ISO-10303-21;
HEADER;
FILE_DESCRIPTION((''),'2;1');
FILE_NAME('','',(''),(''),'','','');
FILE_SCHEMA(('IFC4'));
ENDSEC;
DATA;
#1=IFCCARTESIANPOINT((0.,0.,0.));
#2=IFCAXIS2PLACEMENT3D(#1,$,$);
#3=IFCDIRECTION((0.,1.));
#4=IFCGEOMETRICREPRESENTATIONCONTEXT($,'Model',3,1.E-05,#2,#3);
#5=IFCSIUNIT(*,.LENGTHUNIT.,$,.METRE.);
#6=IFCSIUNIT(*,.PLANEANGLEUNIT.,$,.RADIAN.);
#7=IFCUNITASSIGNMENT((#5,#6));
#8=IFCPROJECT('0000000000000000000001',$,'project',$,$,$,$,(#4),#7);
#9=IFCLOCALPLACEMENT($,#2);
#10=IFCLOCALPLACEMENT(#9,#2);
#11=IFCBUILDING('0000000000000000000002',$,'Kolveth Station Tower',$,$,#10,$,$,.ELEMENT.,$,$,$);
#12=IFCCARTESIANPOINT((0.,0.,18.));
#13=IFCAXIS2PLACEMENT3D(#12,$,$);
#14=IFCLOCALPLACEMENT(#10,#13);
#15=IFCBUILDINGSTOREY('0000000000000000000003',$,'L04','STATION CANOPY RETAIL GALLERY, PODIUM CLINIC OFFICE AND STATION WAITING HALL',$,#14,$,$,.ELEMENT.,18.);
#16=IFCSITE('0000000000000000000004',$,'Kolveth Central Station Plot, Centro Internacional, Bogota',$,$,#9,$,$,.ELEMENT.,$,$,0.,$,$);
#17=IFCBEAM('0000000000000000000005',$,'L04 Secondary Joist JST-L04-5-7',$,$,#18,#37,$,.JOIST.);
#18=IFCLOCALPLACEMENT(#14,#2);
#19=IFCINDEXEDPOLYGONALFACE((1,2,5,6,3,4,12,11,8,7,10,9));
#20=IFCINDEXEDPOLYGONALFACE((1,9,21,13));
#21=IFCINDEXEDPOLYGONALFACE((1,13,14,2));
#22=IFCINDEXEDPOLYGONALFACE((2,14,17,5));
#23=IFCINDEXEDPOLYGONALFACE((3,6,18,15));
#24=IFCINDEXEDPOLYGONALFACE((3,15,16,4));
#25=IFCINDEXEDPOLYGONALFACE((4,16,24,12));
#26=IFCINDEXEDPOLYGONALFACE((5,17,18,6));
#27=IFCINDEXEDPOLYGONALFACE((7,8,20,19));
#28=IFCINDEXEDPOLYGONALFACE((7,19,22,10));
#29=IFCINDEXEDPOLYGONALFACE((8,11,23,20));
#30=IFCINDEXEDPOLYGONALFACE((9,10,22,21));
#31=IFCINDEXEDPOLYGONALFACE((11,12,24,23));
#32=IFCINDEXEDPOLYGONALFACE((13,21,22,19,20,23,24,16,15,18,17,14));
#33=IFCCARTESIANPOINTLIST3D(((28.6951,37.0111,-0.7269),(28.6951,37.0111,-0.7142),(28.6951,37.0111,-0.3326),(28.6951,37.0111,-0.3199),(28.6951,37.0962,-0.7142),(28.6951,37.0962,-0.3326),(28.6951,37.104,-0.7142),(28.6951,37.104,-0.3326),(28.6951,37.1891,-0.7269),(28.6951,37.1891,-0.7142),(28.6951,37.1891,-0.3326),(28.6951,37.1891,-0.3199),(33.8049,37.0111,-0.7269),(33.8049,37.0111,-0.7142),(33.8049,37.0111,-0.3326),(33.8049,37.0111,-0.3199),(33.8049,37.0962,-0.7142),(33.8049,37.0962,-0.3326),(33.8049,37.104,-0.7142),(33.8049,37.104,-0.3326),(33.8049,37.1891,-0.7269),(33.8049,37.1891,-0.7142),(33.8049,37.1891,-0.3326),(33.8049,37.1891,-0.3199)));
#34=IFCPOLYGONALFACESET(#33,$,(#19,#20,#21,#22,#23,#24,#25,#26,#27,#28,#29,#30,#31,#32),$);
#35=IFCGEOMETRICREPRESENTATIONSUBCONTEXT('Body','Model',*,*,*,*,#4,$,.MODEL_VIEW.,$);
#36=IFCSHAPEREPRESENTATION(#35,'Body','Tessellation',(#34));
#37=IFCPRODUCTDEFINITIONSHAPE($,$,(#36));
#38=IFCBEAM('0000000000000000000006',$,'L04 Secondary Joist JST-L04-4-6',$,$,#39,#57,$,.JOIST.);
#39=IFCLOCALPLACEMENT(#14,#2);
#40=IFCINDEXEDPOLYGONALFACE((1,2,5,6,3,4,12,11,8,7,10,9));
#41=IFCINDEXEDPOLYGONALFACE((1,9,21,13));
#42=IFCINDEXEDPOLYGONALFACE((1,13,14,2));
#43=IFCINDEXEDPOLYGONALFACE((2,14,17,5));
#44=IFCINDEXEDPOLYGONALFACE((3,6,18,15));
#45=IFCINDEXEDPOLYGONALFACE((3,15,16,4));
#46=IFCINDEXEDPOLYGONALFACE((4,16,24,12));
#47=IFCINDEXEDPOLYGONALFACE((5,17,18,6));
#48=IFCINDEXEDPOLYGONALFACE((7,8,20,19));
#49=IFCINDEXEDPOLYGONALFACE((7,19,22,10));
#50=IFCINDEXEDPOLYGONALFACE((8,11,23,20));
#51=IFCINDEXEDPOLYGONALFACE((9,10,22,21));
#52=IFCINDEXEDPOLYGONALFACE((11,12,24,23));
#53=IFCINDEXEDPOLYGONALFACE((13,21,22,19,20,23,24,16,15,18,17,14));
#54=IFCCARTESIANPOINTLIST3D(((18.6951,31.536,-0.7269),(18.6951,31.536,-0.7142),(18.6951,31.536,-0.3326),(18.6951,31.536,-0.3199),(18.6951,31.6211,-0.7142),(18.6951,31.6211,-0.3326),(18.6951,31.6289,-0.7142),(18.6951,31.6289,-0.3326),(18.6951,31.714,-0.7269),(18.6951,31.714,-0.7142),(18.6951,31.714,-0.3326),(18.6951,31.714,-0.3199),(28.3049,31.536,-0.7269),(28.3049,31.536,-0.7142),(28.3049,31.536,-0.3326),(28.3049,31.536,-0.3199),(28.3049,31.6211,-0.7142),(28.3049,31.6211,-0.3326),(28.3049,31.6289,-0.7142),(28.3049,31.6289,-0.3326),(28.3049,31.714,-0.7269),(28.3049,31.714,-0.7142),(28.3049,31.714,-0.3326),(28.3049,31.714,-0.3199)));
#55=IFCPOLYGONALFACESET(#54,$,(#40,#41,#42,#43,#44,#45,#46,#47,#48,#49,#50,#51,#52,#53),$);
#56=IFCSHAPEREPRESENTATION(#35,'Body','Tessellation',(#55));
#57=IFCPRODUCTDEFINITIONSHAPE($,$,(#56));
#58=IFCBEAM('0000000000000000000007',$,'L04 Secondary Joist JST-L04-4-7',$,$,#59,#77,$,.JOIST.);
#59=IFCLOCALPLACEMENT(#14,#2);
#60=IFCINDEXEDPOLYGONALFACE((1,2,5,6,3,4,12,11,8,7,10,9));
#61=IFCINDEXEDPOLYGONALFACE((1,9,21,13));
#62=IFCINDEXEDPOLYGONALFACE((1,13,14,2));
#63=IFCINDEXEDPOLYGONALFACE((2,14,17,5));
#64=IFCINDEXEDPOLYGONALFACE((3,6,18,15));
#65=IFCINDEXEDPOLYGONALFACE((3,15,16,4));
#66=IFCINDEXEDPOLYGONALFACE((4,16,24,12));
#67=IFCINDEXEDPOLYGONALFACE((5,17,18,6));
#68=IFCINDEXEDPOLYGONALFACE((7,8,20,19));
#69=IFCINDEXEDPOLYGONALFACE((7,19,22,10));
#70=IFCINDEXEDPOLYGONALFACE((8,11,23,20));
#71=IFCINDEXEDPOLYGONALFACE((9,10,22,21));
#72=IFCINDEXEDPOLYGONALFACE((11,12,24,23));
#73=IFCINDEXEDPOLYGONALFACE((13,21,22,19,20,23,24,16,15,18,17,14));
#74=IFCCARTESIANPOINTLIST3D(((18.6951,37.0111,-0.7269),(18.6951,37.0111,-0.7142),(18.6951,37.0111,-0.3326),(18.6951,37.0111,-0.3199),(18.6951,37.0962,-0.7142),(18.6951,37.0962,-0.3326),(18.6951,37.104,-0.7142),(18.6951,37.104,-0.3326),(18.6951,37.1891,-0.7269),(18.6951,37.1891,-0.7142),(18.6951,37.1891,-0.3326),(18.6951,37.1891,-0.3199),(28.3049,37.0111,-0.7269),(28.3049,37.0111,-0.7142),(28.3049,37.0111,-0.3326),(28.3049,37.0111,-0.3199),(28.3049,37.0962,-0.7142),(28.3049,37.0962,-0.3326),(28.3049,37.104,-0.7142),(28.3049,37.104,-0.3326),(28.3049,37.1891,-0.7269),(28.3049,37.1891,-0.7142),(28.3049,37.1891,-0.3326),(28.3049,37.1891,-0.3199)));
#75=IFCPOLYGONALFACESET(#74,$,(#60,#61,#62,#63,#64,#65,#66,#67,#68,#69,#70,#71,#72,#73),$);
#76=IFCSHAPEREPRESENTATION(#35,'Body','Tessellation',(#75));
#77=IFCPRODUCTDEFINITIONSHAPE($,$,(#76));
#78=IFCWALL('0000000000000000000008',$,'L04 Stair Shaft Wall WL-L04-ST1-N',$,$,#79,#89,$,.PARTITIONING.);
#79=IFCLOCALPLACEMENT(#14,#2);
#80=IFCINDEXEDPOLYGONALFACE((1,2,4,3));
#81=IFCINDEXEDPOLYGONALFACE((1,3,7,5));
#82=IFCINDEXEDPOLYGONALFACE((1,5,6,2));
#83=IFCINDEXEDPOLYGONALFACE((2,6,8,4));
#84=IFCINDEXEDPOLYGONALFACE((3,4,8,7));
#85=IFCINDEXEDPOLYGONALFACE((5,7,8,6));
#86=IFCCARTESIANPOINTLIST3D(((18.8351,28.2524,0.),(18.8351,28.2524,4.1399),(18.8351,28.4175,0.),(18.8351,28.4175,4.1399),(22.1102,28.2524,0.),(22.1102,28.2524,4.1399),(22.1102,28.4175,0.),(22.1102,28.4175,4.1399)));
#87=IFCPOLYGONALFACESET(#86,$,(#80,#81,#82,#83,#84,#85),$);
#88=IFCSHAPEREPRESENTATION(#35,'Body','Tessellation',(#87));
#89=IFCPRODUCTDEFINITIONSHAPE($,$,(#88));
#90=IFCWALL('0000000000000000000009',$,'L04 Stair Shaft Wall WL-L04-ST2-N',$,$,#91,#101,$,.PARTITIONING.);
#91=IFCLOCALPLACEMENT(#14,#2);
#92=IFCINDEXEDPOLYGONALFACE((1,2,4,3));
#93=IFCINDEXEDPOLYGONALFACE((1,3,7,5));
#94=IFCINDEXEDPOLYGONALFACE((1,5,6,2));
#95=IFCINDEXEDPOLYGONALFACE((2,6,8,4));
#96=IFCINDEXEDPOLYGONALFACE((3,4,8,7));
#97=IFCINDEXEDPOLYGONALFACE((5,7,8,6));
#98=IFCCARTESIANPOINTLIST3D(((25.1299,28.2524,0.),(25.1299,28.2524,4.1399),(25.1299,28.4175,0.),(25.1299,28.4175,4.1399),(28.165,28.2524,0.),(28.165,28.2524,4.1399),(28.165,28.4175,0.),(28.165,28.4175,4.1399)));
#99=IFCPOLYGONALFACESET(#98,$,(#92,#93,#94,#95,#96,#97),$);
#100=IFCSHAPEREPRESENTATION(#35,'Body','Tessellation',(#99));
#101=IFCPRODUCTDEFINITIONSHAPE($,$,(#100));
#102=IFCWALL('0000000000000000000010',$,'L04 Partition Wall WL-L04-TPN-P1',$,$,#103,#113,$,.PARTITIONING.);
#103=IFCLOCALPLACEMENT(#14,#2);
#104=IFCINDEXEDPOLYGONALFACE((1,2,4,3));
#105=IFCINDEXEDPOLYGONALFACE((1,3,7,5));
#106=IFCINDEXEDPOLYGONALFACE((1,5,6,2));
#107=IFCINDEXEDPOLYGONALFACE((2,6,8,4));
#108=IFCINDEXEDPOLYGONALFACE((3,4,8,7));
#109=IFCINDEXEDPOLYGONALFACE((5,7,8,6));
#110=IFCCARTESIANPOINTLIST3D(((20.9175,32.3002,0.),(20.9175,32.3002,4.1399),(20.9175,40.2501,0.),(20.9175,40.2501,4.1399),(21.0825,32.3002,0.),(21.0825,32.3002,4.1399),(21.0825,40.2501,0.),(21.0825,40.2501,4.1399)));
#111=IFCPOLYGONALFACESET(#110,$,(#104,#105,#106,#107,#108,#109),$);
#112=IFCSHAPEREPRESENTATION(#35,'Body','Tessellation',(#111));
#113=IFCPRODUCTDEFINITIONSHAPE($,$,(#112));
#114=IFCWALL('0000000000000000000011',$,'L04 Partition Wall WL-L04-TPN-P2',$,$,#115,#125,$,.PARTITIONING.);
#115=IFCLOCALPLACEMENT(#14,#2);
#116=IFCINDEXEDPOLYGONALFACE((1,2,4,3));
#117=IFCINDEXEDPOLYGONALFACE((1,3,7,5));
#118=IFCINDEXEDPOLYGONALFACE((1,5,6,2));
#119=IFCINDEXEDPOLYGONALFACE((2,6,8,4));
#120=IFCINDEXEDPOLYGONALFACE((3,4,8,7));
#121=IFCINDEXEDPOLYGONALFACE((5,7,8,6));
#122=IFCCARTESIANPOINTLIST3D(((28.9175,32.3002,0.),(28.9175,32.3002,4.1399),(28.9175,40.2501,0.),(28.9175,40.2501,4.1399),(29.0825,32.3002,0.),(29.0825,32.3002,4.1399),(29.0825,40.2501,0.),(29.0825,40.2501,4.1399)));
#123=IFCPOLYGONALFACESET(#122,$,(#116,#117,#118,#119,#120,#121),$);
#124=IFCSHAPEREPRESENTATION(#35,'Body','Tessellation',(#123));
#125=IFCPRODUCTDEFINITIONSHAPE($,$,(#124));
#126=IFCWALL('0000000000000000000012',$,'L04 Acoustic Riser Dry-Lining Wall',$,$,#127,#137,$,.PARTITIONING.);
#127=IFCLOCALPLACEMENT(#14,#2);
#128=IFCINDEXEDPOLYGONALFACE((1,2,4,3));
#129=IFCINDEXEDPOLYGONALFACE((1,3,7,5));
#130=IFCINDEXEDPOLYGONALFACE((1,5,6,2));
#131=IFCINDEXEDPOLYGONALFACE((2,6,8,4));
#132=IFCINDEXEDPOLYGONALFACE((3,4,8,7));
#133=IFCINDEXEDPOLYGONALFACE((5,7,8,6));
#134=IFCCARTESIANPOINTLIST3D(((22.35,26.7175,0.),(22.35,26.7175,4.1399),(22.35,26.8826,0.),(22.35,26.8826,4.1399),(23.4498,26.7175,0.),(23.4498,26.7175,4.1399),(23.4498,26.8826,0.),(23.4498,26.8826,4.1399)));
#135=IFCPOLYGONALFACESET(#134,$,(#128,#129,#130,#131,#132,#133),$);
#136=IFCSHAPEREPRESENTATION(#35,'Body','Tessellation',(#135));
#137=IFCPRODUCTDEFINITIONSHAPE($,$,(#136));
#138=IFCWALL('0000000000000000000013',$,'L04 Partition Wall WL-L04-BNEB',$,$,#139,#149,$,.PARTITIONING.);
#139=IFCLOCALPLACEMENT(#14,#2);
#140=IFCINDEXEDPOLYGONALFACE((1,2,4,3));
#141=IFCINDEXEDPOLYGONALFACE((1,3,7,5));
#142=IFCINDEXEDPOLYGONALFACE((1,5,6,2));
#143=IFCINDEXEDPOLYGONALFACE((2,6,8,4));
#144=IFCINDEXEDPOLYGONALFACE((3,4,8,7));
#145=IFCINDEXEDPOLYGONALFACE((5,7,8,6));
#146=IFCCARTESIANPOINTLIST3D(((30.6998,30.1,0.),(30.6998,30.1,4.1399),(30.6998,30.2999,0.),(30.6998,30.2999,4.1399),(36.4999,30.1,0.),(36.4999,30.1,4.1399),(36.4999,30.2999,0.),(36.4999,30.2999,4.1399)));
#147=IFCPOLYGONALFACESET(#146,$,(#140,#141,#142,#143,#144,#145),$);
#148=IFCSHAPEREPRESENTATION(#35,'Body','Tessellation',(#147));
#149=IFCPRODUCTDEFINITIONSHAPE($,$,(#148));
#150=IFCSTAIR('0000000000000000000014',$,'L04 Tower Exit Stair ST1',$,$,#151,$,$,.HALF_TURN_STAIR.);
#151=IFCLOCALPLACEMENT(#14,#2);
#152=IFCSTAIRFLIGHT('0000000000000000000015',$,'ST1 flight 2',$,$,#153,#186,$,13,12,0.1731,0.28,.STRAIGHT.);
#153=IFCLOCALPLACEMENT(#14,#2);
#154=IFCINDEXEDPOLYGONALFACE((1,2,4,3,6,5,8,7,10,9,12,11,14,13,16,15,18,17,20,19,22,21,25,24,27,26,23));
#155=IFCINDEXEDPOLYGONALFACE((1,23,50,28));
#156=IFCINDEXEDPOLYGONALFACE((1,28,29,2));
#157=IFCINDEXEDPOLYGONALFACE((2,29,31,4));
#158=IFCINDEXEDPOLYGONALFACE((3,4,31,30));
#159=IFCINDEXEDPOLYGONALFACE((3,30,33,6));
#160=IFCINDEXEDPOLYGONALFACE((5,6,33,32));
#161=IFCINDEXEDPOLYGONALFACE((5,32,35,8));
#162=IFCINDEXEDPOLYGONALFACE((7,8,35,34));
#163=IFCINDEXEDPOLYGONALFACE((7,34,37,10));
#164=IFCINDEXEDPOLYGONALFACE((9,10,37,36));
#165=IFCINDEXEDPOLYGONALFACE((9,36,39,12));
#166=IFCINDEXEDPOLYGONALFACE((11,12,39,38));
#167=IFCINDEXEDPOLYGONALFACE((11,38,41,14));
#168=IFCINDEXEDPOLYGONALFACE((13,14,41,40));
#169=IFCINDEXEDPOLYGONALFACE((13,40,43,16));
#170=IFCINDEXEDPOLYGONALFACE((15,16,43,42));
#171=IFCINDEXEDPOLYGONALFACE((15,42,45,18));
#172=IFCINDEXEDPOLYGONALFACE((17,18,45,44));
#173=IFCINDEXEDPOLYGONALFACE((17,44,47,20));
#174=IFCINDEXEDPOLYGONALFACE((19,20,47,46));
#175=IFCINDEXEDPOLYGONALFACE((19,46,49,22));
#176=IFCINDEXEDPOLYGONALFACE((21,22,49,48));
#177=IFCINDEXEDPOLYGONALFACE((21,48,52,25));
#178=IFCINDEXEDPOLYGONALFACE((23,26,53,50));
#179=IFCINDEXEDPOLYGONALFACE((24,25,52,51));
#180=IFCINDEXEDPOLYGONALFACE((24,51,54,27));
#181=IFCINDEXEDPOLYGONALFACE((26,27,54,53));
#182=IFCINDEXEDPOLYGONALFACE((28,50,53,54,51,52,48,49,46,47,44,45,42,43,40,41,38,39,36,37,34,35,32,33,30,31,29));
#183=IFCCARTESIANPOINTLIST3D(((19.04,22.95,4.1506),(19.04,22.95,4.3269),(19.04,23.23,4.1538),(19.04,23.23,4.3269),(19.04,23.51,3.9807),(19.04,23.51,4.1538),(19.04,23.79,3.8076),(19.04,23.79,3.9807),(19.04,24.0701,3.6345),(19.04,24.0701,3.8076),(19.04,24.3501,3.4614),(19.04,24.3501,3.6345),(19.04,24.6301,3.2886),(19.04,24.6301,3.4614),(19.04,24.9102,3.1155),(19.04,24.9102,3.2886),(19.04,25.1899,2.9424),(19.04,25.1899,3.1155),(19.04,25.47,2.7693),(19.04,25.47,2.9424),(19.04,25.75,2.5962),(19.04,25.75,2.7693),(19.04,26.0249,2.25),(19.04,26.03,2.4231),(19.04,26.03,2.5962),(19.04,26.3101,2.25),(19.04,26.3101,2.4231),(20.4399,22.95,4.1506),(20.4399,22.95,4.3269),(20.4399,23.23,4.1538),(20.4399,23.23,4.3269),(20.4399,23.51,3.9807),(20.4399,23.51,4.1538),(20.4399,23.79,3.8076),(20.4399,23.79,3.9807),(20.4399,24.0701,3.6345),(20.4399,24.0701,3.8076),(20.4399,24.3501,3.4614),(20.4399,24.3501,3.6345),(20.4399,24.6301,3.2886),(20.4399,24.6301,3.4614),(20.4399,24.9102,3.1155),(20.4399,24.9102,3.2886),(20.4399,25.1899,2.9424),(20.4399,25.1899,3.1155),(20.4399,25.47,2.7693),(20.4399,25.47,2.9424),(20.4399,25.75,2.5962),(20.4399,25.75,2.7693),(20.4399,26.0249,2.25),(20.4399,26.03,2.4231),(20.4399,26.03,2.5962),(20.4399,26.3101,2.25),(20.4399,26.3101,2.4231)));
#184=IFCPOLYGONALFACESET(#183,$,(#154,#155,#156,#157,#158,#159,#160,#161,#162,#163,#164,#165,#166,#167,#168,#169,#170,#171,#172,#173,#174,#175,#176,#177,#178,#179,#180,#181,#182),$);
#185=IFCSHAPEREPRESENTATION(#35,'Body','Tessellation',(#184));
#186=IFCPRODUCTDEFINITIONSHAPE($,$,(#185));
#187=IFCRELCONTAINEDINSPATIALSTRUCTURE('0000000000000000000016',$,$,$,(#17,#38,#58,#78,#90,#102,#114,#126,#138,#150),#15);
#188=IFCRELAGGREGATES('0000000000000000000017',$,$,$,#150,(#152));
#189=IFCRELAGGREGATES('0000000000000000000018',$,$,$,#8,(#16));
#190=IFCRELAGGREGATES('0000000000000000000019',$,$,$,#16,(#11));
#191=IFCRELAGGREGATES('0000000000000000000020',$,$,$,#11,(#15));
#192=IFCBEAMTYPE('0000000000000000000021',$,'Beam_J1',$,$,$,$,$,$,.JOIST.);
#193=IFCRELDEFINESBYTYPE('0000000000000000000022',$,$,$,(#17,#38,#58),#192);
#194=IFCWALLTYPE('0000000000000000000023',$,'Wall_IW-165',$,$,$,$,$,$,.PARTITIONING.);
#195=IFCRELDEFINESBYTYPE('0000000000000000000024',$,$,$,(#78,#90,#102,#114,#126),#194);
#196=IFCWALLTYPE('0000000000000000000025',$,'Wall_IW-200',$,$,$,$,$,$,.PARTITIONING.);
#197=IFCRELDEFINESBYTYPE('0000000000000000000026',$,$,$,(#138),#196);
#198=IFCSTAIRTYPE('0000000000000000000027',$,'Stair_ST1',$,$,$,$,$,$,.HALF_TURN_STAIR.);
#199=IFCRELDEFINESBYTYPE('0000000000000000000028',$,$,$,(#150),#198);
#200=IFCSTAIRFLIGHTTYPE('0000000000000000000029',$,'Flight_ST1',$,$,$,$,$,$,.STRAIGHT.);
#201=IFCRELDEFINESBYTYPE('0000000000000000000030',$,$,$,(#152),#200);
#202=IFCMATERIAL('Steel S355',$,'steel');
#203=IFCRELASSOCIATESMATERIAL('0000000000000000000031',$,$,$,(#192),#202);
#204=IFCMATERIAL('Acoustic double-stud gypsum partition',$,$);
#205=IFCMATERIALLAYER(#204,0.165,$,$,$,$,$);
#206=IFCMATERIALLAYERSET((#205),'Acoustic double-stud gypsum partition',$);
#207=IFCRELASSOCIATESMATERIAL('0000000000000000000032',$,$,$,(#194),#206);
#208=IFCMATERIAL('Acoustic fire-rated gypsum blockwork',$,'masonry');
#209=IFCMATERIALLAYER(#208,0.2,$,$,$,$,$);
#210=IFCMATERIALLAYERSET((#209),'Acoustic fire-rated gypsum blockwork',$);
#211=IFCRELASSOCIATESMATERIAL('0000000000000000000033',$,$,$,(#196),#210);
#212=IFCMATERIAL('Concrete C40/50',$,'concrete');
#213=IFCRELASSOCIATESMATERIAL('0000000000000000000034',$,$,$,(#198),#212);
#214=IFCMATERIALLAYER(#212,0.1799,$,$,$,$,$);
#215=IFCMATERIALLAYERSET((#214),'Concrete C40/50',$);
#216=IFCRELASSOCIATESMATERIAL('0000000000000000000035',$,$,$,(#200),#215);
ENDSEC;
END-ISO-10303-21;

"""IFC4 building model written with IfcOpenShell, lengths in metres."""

from ifc_helpers import new_model, si_unit, direction, frame, frame_2d, origin, origin_2d, place, context, subcontext, project, spatial, polyline, rectangle, i_section, outline, extrude, source, transform, mapped, material, layer, layer_set, material_profile, profile_set, type_object, element, aggregate, save


model = new_model("IFC4")

# Units and contexts
model_context = context("Model", 3, precision=1e-05, world=origin(), true_north=direction((0.0, 1.0)))
body_context = subcontext(model_context, "Body", "Model", "MODEL_VIEW")
ifc_project = project(units=[si_unit("LENGTHUNIT", "METRE"), si_unit("PLANEANGLEUNIT", "RADIAN")], contexts=[model_context])

# Site, building, storey
site_placement = place(None, origin())
site = spatial("IfcSite", under=ifc_project, at=site_placement, Name="Kolveth Central Station Plot, Centro Internacional, Bogota", CompositionType="ELEMENT", RefElevation=0.0)
building_placement = place(site_placement, origin())
building = spatial("IfcBuilding", under=site, at=building_placement, Name="Kolveth Station Tower", CompositionType="ELEMENT")
storey_placement = place(building_placement, frame((0.0, 0.0, 18.0)))
storey = spatial("IfcBuildingStorey", under=building, at=storey_placement, Name="L04", Description="STATION CANOPY RETAIL GALLERY, PODIUM CLINIC OFFICE AND STATION WAITING HALL", CompositionType="ELEMENT", Elevation=18.0)

# Beams
ifc_material_1 = material(Name="Steel S355", Category="steel")
ifc_material_profile_1 = material_profile(ifc_material_1, i_section(OverallWidth=0.178, OverallDepth=0.407, WebThickness=0.0078, FlangeThickness=0.0127, at=origin_2d()), Name="W410x60")
ifc_profile_set_1 = profile_set([ifc_material_profile_1], Name="Steel S355")
beam_type_1 = type_object("IfcBeamType", Name="Beam_J1", PredefinedType="JOIST", material=ifc_profile_set_1)
shared_shape_1 = source(origin(), body_context, "Body", "SweptSolid", [
    extrude(i_section(OverallWidth=0.178, OverallDepth=0.407, WebThickness=0.0078, FlangeThickness=0.0127, at=origin_2d()), origin(), (0.0, 0.0, 1.0), 5.1099),
])
for number, where, z_axis, x_axis, name in (
    (1, (28.6951, 37.1001, -0.5234), (1.0, 0.0, 0.0), (0.0, 1.0, 0.0), "L04 Secondary Joist JST-L04-5-7"),
):
    element("IfcBeam", number, at=place(storey_placement, frame(where, z_axis=z_axis, x_axis=x_axis)), inside=storey, type_object=beam_type_1, Name=name, PredefinedType="JOIST", context=body_context, shape_type="MappedRepresentation", body=[
        mapped(shared_shape_1, transform((0.0, 0.0, 0.0), x_axis=(1.0, 0.0, 0.0), y_axis=(0.0, 1.0, 0.0), z_axis=(0.0, 0.0, 1.0), scale=1.0)),
    ])
shared_shape_2 = source(origin(), body_context, "Body", "SweptSolid", [
    extrude(i_section(OverallWidth=0.178, OverallDepth=0.407, WebThickness=0.0078, FlangeThickness=0.0127, at=origin_2d()), origin(), (0.0, 0.0, 1.0), 9.6099),
])
for number, where, z_axis, x_axis, name in (
    (2, (18.6951, 31.625, -0.5234), (1.0, 0.0, 0.0), (0.0, 1.0, 0.0), "L04 Secondary Joist JST-L04-4-6"),
    (3, (18.6951, 37.1001, -0.5234), (1.0, 0.0, 0.0), (0.0, 1.0, 0.0), "L04 Secondary Joist JST-L04-4-7"),
):
    element("IfcBeam", number, at=place(storey_placement, frame(where, z_axis=z_axis, x_axis=x_axis)), inside=storey, type_object=beam_type_1, Name=name, PredefinedType="JOIST", context=body_context, shape_type="MappedRepresentation", body=[
        mapped(shared_shape_2, transform((0.0, 0.0, 0.0), x_axis=(1.0, 0.0, 0.0), y_axis=(0.0, 1.0, 0.0), z_axis=(0.0, 0.0, 1.0), scale=1.0)),
    ])

# Walls
ifc_material_2 = material(Name="Acoustic double-stud gypsum partition")
ifc_layer_1 = layer(ifc_material_2, 0.165)
ifc_layer_set_1 = layer_set([ifc_layer_1], Name="Acoustic double-stud gypsum partition")
wall_type_1 = type_object("IfcWallType", Name="Wall_IW-165", PredefinedType="PARTITIONING", material=ifc_layer_set_1)
wall_1_placement = place(storey_placement, frame((18.835, 28.335, 0.0), z_axis=(0.0, 0.0, 1.0), x_axis=(1.0, 0.0, 0.0)))
element("IfcWall", 4, at=wall_1_placement, inside=storey, type_object=wall_type_1, Name="L04 Stair Shaft Wall WL-L04-ST1-N", PredefinedType="PARTITIONING", context=body_context, shape_type="SweptSolid", body=[
    extrude(rectangle(XDim=3.2751, YDim=0.165, at=frame_2d((1.6377, 0.0))), origin(), (0.0, 0.0, 1.0), 4.1399),
])
wall_2_placement = place(storey_placement, frame((25.1299, 28.335, 0.0), z_axis=(0.0, 0.0, 1.0), x_axis=(1.0, 0.0, 0.0)))
element("IfcWall", 5, at=wall_2_placement, inside=storey, type_object=wall_type_1, Name="L04 Stair Shaft Wall WL-L04-ST2-N", PredefinedType="PARTITIONING", context=body_context, shape_type="SweptSolid", body=[
    extrude(rectangle(XDim=3.0352, YDim=0.165, at=frame_2d((1.5176, 0.0))), origin(), (0.0, 0.0, 1.0), 4.1399),
])
for number, where, z_axis, x_axis, name in (
    (6, (21.0, 32.3, 0.0), (0.0, 0.0, 1.0), (0.0, 1.0, 0.0), "L04 Partition Wall WL-L04-TPN-P1"),
    (7, (29.0, 32.3, 0.0), (0.0, 0.0, 1.0), (0.0, 1.0, 0.0), "L04 Partition Wall WL-L04-TPN-P2"),
):
    element("IfcWall", number, at=place(storey_placement, frame(where, z_axis=z_axis, x_axis=x_axis)), inside=storey, type_object=wall_type_1, Name=name, PredefinedType="PARTITIONING", context=body_context, shape_type="SweptSolid", body=[
        extrude(rectangle(XDim=7.95, YDim=0.165, at=frame_2d((3.9751, 0.0))), origin(), (0.0, 0.0, 1.0), 4.1399),
    ])
wall_3_placement = place(storey_placement, frame((22.3501, 26.8, 0.0), z_axis=(0.0, 0.0, 1.0), x_axis=(1.0, 0.0, 0.0)))
element("IfcWall", 8, at=wall_3_placement, inside=storey, type_object=wall_type_1, Name="L04 Acoustic Riser Dry-Lining Wall", PredefinedType="PARTITIONING", context=body_context, shape_type="SweptSolid", body=[
    extrude(rectangle(XDim=1.0999, YDim=0.165, at=frame_2d((0.5498, 0.0))), origin(), (0.0, 0.0, 1.0), 4.1399),
])
ifc_material_3 = material(Name="Acoustic fire-rated gypsum blockwork", Category="masonry")
ifc_layer_2 = layer(ifc_material_3, 0.2)
ifc_layer_set_2 = layer_set([ifc_layer_2], Name="Acoustic fire-rated gypsum blockwork")
wall_type_2 = type_object("IfcWallType", Name="Wall_IW-200", PredefinedType="PARTITIONING", material=ifc_layer_set_2)
wall_4_placement = place(storey_placement, frame((30.7, 30.2, 0.0), z_axis=(0.0, 0.0, 1.0), x_axis=(1.0, 0.0, 0.0)))
element("IfcWall", 9, at=wall_4_placement, inside=storey, type_object=wall_type_2, Name="L04 Partition Wall WL-L04-BNEB", PredefinedType="PARTITIONING", context=body_context, shape_type="SweptSolid", body=[
    extrude(rectangle(XDim=5.8, YDim=0.2, at=frame_2d((2.8999, 0.0))), origin(), (0.0, 0.0, 1.0), 4.1399),
])

# Stair, stair flight
ifc_material_4 = material(Name="Concrete C40/50", Category="concrete")
stair_type_1 = type_object("IfcStairType", Name="Stair_ST1", PredefinedType="HALF_TURN_STAIR", material=ifc_material_4)
stair_1_placement = place(storey_placement, origin())
stair_1 = element("IfcStair", 10, at=stair_1_placement, inside=storey, type_object=stair_type_1, Name="L04 Tower Exit Stair ST1", PredefinedType="HALF_TURN_STAIR")
ifc_layer_3 = layer(ifc_material_4, 0.1799)
ifc_layer_set_3 = layer_set([ifc_layer_3], Name="Concrete C40/50")
stair_flight_type_1 = type_object("IfcStairFlightType", Name="Flight_ST1", PredefinedType="STRAIGHT", material=ifc_layer_set_3)
stair_flight_1_placement = place(storey_placement, frame((19.74, 26.3101, 2.25), z_axis=(0.0, 0.0, 1.0), x_axis=(0.0, -1.0, 0.0)))
stair_flight_1 = element("IfcStairFlight", 11, at=stair_flight_1_placement, type_object=stair_flight_type_1, Name="ST1 flight 2", NumberOfRisers=13, NumberOfTreads=12, PredefinedType="STRAIGHT", RiserHeight=0.1731, TreadLength=0.28, context=body_context, shape_type="SweptSolid", body=[
    extrude(outline(polyline([(0.0, 0.0), (0.0, 0.1731), (0.28, 0.1731), (0.28, 0.3462), (0.5601, 0.3462), (0.5601, 0.5193), (0.8401, 0.5193), (0.8401, 0.6924), (1.1201, 0.6924), (1.1201, 0.8655), (1.3999, 0.8655), (1.3999, 1.0386), (1.6799, 1.0386), (1.6799, 1.2114), (1.96, 1.2114), (1.96, 1.3845), (2.24, 1.3845), (2.24, 1.5576), (2.52, 1.5576), (2.52, 1.7307), (2.8, 1.7307), (2.8, 1.9038), (3.0801, 1.9038), (3.0801, 2.0769), (3.3601, 2.0769), (3.3601, 2.25), (3.3601, 1.9006), (0.2852, 0.0), (0.0, 0.0)])), frame((0.0, 0.7, 0.0), z_axis=(0.0, -1.0, 0.0), x_axis=(1.0, 0.0, 0.0)), (0.0, 0.0, 1.0), 1.3999),
])
aggregate(stair_1, [stair_flight_1])

save(model, "model.ifc")
